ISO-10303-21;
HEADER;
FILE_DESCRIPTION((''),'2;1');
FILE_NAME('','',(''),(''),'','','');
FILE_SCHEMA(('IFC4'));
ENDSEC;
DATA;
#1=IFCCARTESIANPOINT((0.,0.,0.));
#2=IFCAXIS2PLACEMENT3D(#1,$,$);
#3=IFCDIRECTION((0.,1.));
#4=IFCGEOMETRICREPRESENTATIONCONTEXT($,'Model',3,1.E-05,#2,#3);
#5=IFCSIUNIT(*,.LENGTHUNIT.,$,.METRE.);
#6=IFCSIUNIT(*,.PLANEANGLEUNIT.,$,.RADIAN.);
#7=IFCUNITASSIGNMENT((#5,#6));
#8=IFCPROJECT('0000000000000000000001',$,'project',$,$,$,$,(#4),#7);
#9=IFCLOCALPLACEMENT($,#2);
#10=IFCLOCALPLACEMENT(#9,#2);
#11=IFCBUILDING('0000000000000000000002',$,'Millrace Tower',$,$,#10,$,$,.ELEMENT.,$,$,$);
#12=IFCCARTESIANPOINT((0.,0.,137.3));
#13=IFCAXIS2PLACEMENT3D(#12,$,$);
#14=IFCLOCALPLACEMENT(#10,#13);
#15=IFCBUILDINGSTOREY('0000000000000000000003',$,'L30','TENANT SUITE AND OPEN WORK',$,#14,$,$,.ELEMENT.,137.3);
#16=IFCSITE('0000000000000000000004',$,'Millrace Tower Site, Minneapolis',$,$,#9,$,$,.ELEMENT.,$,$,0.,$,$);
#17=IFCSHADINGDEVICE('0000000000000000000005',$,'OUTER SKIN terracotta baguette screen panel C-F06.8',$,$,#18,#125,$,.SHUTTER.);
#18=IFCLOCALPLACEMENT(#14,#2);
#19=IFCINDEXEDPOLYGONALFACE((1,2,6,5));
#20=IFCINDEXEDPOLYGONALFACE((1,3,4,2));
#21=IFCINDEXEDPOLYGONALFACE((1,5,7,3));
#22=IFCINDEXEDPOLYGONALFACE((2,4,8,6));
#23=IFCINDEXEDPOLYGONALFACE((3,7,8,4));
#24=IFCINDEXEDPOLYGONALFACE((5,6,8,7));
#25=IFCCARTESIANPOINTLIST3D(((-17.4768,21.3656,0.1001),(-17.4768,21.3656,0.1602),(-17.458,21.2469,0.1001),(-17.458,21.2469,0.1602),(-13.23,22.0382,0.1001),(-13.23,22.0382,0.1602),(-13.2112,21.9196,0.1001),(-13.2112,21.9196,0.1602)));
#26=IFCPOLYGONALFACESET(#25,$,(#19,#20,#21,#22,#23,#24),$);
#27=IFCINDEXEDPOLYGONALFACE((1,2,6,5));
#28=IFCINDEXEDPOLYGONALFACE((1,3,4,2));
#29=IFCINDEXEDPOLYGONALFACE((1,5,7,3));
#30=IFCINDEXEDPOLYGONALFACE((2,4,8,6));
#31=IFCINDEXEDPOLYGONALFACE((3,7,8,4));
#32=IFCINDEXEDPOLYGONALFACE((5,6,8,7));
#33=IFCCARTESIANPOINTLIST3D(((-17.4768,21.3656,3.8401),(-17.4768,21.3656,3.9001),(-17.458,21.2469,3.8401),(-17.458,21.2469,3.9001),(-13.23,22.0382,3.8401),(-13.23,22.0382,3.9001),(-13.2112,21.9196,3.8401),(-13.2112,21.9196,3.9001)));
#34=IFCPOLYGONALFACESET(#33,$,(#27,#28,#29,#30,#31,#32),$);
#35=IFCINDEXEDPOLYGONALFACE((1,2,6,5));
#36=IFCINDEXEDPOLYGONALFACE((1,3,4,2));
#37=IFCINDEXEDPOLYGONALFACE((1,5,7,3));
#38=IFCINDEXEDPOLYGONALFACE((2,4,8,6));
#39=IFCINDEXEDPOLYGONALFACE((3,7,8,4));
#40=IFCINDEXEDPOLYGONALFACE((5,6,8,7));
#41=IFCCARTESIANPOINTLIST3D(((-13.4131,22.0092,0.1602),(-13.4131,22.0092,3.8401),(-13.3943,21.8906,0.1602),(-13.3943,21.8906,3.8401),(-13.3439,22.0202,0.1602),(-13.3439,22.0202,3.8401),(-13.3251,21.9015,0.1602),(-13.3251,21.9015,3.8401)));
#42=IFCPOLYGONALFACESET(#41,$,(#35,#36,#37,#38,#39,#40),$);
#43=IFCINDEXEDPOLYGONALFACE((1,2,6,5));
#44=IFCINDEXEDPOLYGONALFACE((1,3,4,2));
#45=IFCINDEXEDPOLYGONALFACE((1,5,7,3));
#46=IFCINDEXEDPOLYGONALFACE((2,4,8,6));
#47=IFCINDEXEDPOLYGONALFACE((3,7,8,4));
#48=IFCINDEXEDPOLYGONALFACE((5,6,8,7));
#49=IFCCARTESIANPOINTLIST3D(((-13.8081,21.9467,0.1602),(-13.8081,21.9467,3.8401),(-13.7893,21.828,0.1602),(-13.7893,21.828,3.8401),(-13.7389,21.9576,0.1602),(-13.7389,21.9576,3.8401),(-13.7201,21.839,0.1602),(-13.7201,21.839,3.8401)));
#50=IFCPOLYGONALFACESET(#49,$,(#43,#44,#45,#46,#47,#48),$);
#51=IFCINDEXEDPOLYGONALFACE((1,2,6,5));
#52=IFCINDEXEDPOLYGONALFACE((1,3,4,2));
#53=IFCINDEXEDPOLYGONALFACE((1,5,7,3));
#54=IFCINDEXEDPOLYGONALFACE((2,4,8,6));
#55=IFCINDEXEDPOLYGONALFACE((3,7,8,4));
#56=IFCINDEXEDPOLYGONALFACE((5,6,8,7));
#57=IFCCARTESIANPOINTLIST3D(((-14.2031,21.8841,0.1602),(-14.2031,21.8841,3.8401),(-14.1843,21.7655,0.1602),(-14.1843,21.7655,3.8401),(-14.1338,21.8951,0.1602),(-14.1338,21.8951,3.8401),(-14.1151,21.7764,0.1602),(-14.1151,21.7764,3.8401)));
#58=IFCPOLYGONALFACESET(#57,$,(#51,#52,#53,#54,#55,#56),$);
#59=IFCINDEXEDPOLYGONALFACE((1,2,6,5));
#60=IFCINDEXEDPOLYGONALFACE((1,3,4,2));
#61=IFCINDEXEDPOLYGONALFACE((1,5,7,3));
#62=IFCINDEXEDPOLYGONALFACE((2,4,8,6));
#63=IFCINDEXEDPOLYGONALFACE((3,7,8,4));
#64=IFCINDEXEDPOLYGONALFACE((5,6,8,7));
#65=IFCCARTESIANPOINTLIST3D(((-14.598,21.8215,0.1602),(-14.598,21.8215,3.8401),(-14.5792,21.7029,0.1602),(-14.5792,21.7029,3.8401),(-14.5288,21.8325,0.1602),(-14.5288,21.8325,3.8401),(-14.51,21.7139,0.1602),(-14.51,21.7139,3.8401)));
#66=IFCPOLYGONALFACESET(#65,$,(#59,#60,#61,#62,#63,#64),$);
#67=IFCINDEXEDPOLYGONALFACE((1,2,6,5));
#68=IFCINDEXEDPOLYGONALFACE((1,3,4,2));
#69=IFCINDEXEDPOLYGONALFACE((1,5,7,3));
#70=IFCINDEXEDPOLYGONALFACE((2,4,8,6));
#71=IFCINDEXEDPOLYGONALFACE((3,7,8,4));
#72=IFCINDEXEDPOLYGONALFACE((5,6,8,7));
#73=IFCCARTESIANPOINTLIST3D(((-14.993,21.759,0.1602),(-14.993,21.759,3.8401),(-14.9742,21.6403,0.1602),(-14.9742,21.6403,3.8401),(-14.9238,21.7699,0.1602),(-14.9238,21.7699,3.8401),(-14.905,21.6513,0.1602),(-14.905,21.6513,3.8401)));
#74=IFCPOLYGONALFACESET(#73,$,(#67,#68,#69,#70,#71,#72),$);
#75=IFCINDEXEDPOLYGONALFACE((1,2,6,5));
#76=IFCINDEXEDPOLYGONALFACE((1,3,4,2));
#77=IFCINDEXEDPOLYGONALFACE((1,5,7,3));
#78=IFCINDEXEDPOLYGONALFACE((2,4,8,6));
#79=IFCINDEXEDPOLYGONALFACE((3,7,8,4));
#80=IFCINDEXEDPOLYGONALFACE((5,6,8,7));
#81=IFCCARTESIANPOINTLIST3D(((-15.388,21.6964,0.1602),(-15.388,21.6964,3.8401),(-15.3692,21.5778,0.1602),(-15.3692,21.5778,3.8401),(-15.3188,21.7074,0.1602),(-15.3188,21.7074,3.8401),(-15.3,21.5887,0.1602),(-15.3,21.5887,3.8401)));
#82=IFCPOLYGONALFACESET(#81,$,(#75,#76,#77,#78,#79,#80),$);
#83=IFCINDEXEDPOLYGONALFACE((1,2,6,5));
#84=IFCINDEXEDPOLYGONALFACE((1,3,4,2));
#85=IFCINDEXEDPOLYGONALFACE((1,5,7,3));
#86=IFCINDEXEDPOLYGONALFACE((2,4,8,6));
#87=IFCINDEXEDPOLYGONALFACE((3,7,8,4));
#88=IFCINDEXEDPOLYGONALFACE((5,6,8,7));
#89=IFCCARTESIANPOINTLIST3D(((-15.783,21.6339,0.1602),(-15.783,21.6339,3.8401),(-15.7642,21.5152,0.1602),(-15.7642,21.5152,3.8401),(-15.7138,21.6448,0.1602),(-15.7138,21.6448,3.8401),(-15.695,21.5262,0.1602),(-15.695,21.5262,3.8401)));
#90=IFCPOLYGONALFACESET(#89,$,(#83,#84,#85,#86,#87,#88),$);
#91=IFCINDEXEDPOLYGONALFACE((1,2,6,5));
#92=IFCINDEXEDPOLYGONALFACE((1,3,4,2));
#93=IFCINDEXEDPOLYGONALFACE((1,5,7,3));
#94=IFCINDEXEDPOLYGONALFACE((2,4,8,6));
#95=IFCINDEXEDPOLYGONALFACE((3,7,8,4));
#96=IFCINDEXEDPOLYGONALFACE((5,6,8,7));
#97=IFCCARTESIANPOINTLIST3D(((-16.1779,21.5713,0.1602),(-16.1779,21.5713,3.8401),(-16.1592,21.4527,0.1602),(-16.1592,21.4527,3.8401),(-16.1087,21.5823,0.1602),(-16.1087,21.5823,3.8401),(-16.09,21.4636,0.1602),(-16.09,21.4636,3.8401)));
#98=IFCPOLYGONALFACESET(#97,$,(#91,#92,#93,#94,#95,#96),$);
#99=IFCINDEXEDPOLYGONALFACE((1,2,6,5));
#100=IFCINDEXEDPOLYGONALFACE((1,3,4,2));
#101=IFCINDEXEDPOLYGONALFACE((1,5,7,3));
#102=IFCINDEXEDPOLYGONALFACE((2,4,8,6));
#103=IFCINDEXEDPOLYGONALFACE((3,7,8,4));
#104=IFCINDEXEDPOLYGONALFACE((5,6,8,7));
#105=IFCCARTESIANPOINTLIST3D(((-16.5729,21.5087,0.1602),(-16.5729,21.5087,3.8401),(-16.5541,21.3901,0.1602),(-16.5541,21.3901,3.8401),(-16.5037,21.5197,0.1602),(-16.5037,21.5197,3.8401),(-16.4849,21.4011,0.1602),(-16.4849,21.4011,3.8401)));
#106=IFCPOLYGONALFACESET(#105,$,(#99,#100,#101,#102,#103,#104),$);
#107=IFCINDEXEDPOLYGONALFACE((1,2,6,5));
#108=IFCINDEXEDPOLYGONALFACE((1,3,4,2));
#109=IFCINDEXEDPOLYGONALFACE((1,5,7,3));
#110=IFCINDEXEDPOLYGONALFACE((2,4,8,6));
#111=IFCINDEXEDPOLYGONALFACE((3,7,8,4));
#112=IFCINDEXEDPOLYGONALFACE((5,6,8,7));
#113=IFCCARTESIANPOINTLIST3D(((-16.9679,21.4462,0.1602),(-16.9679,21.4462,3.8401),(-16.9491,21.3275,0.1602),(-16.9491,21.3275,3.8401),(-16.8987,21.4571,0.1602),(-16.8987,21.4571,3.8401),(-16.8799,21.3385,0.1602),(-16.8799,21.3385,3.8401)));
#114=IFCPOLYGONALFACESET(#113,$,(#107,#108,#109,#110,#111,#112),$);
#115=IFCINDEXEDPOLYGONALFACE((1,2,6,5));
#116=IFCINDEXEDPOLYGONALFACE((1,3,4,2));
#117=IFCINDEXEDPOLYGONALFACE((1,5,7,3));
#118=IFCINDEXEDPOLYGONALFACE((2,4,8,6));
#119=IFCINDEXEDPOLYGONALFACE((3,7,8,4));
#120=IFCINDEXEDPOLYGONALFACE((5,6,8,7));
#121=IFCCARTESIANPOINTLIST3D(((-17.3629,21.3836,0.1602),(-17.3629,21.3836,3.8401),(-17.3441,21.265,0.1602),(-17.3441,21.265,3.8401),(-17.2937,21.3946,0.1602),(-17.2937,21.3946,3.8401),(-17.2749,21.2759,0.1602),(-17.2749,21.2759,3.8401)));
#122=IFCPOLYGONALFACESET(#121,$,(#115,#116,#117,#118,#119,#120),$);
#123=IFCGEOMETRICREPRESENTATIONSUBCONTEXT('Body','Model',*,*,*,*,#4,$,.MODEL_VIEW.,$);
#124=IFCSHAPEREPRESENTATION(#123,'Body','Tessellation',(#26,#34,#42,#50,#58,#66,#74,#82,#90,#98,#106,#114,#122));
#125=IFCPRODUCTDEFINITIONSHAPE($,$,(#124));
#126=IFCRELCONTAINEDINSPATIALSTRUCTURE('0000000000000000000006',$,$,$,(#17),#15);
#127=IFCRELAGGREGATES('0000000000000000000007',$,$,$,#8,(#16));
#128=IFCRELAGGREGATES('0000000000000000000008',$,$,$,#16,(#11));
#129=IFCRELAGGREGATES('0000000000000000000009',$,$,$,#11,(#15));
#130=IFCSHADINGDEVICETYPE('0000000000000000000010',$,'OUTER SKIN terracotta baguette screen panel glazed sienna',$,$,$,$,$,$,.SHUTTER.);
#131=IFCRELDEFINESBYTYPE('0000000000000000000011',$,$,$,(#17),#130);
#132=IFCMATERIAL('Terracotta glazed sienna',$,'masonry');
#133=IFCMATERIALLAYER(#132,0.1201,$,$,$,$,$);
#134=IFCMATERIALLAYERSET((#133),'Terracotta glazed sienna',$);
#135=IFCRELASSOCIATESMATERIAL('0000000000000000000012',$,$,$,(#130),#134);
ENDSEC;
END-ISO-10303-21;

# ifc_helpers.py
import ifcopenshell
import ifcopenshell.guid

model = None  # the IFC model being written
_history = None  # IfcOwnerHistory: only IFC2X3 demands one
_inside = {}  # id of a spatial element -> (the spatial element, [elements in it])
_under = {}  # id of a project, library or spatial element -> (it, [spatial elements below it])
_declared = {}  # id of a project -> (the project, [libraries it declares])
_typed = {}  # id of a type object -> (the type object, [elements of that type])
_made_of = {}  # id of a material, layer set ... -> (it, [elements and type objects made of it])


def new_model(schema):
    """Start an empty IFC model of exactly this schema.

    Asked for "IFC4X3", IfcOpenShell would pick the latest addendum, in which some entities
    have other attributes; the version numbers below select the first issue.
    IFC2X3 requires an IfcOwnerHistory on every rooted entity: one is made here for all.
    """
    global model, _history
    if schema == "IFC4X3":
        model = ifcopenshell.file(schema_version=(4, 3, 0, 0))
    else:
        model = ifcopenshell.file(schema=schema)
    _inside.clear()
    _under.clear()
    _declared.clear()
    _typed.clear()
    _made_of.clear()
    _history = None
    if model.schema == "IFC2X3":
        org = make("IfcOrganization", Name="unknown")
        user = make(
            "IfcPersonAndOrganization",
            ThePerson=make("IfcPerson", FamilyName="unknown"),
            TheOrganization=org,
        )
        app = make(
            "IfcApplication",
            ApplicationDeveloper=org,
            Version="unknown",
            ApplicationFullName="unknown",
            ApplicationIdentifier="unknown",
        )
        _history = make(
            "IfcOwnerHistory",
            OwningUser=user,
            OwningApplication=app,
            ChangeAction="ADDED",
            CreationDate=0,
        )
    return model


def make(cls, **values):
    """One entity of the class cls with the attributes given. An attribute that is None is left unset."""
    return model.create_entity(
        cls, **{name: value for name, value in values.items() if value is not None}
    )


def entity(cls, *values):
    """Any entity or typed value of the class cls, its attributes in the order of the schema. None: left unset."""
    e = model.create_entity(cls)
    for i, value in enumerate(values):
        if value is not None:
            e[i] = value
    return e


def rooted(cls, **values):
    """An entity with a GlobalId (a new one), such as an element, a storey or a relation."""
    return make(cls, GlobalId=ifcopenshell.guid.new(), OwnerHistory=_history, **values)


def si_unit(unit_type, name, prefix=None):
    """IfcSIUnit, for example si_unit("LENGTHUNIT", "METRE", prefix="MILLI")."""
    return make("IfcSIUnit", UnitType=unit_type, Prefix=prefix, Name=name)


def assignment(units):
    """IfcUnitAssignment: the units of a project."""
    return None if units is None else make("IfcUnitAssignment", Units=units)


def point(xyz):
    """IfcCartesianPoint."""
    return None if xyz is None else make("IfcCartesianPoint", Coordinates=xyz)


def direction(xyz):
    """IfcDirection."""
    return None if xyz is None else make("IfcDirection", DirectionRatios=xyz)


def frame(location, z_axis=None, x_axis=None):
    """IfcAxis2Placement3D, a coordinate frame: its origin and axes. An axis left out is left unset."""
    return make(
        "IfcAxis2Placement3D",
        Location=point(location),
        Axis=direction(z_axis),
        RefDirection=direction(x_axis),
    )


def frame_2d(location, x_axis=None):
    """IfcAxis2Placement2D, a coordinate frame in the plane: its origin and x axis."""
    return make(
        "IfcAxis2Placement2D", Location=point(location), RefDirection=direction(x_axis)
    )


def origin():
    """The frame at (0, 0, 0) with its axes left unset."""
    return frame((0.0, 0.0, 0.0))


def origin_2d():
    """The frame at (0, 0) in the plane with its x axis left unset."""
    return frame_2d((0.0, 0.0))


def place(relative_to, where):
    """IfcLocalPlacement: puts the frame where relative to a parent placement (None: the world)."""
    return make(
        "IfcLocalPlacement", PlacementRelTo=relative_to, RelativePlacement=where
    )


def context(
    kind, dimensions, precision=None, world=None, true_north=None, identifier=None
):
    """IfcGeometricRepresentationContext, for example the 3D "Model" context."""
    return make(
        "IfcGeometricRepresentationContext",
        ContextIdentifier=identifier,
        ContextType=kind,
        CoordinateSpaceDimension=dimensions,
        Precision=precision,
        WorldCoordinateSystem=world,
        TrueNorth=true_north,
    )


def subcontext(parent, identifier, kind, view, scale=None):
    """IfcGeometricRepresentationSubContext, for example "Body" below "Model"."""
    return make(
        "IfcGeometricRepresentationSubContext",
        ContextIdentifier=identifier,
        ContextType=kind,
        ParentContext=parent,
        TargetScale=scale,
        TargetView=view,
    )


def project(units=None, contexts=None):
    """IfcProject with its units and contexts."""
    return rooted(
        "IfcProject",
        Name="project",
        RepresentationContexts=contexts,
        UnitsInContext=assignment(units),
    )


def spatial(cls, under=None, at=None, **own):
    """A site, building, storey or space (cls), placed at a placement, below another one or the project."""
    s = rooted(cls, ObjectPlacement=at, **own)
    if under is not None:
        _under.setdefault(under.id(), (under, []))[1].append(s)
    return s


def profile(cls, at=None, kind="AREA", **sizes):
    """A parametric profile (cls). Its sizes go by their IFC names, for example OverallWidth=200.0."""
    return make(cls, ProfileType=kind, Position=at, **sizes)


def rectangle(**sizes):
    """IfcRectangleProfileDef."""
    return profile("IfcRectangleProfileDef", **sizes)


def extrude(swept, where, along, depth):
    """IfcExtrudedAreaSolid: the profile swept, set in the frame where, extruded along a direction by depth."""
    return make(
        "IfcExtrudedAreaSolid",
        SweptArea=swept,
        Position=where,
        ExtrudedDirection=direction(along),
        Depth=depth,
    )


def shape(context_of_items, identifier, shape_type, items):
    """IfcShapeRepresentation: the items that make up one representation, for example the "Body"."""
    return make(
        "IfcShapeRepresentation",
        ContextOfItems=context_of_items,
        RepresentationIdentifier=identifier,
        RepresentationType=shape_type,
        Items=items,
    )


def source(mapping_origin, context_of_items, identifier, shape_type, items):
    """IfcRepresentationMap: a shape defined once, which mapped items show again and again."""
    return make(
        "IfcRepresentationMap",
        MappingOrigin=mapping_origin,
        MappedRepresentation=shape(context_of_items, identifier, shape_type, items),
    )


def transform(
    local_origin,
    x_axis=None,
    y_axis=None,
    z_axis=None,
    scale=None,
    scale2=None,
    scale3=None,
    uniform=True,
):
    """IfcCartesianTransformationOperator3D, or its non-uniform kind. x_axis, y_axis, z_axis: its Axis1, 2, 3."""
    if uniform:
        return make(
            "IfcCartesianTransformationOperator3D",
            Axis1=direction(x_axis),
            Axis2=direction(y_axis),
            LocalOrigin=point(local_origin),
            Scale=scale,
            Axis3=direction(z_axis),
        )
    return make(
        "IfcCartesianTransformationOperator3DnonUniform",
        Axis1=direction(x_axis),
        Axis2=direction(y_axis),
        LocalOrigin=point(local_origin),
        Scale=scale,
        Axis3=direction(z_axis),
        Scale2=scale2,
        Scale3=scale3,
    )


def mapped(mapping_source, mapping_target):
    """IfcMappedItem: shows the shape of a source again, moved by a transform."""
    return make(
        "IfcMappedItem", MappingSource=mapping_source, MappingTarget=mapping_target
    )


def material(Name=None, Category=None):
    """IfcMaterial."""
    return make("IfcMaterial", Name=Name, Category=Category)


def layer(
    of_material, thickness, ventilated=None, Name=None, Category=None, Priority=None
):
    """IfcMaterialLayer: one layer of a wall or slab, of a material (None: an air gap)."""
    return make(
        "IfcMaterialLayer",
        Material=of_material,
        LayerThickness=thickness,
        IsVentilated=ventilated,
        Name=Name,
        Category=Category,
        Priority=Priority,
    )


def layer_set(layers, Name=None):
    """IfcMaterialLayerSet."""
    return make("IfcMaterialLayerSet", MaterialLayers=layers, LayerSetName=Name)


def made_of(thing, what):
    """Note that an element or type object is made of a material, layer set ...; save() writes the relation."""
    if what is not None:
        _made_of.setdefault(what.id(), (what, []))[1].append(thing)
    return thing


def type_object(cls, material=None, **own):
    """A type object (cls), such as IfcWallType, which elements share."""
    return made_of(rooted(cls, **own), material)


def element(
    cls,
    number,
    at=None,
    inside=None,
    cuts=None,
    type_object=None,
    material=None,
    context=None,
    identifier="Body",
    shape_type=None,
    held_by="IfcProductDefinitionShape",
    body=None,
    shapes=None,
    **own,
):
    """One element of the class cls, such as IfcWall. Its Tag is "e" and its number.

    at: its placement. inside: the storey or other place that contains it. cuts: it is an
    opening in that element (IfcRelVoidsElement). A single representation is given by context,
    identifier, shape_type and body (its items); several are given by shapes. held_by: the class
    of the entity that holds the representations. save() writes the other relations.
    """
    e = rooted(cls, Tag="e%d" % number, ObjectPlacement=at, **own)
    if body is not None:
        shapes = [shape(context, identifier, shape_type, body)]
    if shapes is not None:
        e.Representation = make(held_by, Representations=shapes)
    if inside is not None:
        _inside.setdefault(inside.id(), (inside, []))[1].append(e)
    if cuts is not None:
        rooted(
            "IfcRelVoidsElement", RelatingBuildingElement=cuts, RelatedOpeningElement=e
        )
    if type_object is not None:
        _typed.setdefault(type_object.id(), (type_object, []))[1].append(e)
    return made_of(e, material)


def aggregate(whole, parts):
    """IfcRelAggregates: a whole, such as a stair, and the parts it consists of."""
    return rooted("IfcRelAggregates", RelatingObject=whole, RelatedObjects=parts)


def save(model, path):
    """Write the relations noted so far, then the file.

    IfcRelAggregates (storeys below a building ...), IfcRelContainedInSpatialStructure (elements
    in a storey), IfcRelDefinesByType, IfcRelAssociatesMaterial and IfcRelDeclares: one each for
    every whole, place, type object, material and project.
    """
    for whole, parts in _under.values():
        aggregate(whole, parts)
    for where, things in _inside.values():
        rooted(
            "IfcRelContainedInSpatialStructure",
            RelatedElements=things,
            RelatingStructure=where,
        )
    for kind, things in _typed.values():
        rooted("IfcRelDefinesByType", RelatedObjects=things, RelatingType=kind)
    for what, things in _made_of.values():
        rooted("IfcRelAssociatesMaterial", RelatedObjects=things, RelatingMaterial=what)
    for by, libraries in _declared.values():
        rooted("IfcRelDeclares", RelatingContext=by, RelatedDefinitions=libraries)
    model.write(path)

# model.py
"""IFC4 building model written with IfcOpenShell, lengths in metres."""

from ifc_helpers import new_model, entity, si_unit, direction, frame, frame_2d, origin, origin_2d, place, context, subcontext, project, spatial, rectangle, extrude, source, transform, mapped, material, layer, layer_set, type_object, element, save


model = new_model("IFC4")

# Units and contexts
model_context = context("Model", 3, precision=1e-05, world=origin(), true_north=direction((0.0, 1.0)))
body_context = subcontext(model_context, "Body", "Model", "MODEL_VIEW")
ifc_project = project(units=[si_unit("LENGTHUNIT", "METRE"), si_unit("PLANEANGLEUNIT", "RADIAN")], contexts=[model_context])

# Site, building, storey
site_placement = place(None, origin())
site = spatial("IfcSite", under=ifc_project, at=site_placement, Name="Millrace Tower Site, Minneapolis", CompositionType="ELEMENT", RefElevation=0.0)
building_placement = place(site_placement, origin())
building = spatial("IfcBuilding", under=site, at=building_placement, Name="Millrace Tower", CompositionType="ELEMENT")
storey_placement = place(building_placement, frame((0.0, 0.0, 137.3)))
storey = spatial("IfcBuildingStorey", under=building, at=storey_placement, Name="L30", Description="TENANT SUITE AND OPEN WORK", CompositionType="ELEMENT", Elevation=137.3)

# Shading device
ifc_material_1 = material(Name="Terracotta glazed sienna", Category="masonry")
ifc_layer_1 = layer(ifc_material_1, 0.1201)
ifc_layer_set_1 = layer_set([ifc_layer_1], Name="Terracotta glazed sienna")
shading_device_type = type_object("IfcShadingDeviceType", Name="OUTER SKIN terracotta baguette screen panel glazed sienna", PredefinedType="SHUTTER", material=ifc_layer_set_1)
cartesian_point_1 = entity("IfcCartesianPoint", [-2.1499, 0.0601])
shared_polyline_1 = entity("IfcPolyline", [cartesian_point_1, entity("IfcCartesianPoint", [2.1499, 0.0601]), entity("IfcCartesianPoint", [2.1499, -0.0601]), entity("IfcCartesianPoint", [-2.1499, -0.0601]), cartesian_point_1])
shared_shape_1 = source(origin(), body_context, "Body", "SweptSolid", [
    entity("IfcExtrudedAreaSolid", entity("IfcArbitraryClosedProfileDef", "AREA", None, shared_polyline_1), entity("IfcAxis2Placement3D", entity("IfcCartesianPoint", [0.0, 0.0, 0.0])), entity("IfcDirection", [0.0, 0.0, 1.0]), 0.0601),
    entity("IfcExtrudedAreaSolid", entity("IfcArbitraryClosedProfileDef", "AREA", None, shared_polyline_1), entity("IfcAxis2Placement3D", entity("IfcCartesianPoint", [0.0, 0.0, 3.74])), entity("IfcDirection", [0.0, 0.0, 1.0]), 0.0601),
    extrude(rectangle(XDim=0.0701, YDim=0.1201, at=frame_2d((-1.9995, 0.0))), frame((0.0, 0.0, 0.0601)), (0.0, 0.0, 1.0), 3.6799),
    extrude(rectangle(XDim=0.0701, YDim=0.1201, at=frame_2d((-1.5996, 0.0))), frame((0.0, 0.0, 0.0601)), (0.0, 0.0, 1.0), 3.6799),
    extrude(rectangle(XDim=0.0701, YDim=0.1201, at=frame_2d((-1.1997, 0.0))), frame((0.0, 0.0, 0.0601)), (0.0, 0.0, 1.0), 3.6799),
    extrude(rectangle(XDim=0.0701, YDim=0.1201, at=frame_2d((-0.7998, 0.0))), frame((0.0, 0.0, 0.0601)), (0.0, 0.0, 1.0), 3.6799),
    extrude(rectangle(XDim=0.0701, YDim=0.1201, at=frame_2d((-0.3999, 0.0))), frame((0.0, 0.0, 0.0601)), (0.0, 0.0, 1.0), 3.6799),
    extrude(rectangle(XDim=0.0701, YDim=0.1201, at=origin_2d()), frame((0.0, 0.0, 0.0601)), (0.0, 0.0, 1.0), 3.6799),
    extrude(rectangle(XDim=0.0701, YDim=0.1201, at=frame_2d((0.3999, 0.0))), frame((0.0, 0.0, 0.0601)), (0.0, 0.0, 1.0), 3.6799),
    extrude(rectangle(XDim=0.0701, YDim=0.1201, at=frame_2d((0.7998, 0.0))), frame((0.0, 0.0, 0.0601)), (0.0, 0.0, 1.0), 3.6799),
    extrude(rectangle(XDim=0.0701, YDim=0.1201, at=frame_2d((1.1997, 0.0))), frame((0.0, 0.0, 0.0601)), (0.0, 0.0, 1.0), 3.6799),
    extrude(rectangle(XDim=0.0701, YDim=0.1201, at=frame_2d((1.5996, 0.0))), frame((0.0, 0.0, 0.0601)), (0.0, 0.0, 1.0), 3.6799),
    extrude(rectangle(XDim=0.0701, YDim=0.1201, at=frame_2d((1.9995, 0.0))), frame((0.0, 0.0, 0.0601)), (0.0, 0.0, 1.0), 3.6799),
])
shading_device_1_placement = place(storey_placement, frame((-15.344, 21.6426, 0.1001), z_axis=(0.0, 0.0, 1.0), x_axis=(-0.987688, -0.156434, 0.0)))
element("IfcShadingDevice", 1, at=shading_device_1_placement, inside=storey, type_object=shading_device_type, Name="OUTER SKIN terracotta baguette screen panel C-F06.8", PredefinedType="SHUTTER", context=body_context, shape_type="MappedRepresentation", body=[
    mapped(shared_shape_1, transform((0.0, 0.0, 0.0), scale=1.0)),
])

save(model, "model.ifc")
